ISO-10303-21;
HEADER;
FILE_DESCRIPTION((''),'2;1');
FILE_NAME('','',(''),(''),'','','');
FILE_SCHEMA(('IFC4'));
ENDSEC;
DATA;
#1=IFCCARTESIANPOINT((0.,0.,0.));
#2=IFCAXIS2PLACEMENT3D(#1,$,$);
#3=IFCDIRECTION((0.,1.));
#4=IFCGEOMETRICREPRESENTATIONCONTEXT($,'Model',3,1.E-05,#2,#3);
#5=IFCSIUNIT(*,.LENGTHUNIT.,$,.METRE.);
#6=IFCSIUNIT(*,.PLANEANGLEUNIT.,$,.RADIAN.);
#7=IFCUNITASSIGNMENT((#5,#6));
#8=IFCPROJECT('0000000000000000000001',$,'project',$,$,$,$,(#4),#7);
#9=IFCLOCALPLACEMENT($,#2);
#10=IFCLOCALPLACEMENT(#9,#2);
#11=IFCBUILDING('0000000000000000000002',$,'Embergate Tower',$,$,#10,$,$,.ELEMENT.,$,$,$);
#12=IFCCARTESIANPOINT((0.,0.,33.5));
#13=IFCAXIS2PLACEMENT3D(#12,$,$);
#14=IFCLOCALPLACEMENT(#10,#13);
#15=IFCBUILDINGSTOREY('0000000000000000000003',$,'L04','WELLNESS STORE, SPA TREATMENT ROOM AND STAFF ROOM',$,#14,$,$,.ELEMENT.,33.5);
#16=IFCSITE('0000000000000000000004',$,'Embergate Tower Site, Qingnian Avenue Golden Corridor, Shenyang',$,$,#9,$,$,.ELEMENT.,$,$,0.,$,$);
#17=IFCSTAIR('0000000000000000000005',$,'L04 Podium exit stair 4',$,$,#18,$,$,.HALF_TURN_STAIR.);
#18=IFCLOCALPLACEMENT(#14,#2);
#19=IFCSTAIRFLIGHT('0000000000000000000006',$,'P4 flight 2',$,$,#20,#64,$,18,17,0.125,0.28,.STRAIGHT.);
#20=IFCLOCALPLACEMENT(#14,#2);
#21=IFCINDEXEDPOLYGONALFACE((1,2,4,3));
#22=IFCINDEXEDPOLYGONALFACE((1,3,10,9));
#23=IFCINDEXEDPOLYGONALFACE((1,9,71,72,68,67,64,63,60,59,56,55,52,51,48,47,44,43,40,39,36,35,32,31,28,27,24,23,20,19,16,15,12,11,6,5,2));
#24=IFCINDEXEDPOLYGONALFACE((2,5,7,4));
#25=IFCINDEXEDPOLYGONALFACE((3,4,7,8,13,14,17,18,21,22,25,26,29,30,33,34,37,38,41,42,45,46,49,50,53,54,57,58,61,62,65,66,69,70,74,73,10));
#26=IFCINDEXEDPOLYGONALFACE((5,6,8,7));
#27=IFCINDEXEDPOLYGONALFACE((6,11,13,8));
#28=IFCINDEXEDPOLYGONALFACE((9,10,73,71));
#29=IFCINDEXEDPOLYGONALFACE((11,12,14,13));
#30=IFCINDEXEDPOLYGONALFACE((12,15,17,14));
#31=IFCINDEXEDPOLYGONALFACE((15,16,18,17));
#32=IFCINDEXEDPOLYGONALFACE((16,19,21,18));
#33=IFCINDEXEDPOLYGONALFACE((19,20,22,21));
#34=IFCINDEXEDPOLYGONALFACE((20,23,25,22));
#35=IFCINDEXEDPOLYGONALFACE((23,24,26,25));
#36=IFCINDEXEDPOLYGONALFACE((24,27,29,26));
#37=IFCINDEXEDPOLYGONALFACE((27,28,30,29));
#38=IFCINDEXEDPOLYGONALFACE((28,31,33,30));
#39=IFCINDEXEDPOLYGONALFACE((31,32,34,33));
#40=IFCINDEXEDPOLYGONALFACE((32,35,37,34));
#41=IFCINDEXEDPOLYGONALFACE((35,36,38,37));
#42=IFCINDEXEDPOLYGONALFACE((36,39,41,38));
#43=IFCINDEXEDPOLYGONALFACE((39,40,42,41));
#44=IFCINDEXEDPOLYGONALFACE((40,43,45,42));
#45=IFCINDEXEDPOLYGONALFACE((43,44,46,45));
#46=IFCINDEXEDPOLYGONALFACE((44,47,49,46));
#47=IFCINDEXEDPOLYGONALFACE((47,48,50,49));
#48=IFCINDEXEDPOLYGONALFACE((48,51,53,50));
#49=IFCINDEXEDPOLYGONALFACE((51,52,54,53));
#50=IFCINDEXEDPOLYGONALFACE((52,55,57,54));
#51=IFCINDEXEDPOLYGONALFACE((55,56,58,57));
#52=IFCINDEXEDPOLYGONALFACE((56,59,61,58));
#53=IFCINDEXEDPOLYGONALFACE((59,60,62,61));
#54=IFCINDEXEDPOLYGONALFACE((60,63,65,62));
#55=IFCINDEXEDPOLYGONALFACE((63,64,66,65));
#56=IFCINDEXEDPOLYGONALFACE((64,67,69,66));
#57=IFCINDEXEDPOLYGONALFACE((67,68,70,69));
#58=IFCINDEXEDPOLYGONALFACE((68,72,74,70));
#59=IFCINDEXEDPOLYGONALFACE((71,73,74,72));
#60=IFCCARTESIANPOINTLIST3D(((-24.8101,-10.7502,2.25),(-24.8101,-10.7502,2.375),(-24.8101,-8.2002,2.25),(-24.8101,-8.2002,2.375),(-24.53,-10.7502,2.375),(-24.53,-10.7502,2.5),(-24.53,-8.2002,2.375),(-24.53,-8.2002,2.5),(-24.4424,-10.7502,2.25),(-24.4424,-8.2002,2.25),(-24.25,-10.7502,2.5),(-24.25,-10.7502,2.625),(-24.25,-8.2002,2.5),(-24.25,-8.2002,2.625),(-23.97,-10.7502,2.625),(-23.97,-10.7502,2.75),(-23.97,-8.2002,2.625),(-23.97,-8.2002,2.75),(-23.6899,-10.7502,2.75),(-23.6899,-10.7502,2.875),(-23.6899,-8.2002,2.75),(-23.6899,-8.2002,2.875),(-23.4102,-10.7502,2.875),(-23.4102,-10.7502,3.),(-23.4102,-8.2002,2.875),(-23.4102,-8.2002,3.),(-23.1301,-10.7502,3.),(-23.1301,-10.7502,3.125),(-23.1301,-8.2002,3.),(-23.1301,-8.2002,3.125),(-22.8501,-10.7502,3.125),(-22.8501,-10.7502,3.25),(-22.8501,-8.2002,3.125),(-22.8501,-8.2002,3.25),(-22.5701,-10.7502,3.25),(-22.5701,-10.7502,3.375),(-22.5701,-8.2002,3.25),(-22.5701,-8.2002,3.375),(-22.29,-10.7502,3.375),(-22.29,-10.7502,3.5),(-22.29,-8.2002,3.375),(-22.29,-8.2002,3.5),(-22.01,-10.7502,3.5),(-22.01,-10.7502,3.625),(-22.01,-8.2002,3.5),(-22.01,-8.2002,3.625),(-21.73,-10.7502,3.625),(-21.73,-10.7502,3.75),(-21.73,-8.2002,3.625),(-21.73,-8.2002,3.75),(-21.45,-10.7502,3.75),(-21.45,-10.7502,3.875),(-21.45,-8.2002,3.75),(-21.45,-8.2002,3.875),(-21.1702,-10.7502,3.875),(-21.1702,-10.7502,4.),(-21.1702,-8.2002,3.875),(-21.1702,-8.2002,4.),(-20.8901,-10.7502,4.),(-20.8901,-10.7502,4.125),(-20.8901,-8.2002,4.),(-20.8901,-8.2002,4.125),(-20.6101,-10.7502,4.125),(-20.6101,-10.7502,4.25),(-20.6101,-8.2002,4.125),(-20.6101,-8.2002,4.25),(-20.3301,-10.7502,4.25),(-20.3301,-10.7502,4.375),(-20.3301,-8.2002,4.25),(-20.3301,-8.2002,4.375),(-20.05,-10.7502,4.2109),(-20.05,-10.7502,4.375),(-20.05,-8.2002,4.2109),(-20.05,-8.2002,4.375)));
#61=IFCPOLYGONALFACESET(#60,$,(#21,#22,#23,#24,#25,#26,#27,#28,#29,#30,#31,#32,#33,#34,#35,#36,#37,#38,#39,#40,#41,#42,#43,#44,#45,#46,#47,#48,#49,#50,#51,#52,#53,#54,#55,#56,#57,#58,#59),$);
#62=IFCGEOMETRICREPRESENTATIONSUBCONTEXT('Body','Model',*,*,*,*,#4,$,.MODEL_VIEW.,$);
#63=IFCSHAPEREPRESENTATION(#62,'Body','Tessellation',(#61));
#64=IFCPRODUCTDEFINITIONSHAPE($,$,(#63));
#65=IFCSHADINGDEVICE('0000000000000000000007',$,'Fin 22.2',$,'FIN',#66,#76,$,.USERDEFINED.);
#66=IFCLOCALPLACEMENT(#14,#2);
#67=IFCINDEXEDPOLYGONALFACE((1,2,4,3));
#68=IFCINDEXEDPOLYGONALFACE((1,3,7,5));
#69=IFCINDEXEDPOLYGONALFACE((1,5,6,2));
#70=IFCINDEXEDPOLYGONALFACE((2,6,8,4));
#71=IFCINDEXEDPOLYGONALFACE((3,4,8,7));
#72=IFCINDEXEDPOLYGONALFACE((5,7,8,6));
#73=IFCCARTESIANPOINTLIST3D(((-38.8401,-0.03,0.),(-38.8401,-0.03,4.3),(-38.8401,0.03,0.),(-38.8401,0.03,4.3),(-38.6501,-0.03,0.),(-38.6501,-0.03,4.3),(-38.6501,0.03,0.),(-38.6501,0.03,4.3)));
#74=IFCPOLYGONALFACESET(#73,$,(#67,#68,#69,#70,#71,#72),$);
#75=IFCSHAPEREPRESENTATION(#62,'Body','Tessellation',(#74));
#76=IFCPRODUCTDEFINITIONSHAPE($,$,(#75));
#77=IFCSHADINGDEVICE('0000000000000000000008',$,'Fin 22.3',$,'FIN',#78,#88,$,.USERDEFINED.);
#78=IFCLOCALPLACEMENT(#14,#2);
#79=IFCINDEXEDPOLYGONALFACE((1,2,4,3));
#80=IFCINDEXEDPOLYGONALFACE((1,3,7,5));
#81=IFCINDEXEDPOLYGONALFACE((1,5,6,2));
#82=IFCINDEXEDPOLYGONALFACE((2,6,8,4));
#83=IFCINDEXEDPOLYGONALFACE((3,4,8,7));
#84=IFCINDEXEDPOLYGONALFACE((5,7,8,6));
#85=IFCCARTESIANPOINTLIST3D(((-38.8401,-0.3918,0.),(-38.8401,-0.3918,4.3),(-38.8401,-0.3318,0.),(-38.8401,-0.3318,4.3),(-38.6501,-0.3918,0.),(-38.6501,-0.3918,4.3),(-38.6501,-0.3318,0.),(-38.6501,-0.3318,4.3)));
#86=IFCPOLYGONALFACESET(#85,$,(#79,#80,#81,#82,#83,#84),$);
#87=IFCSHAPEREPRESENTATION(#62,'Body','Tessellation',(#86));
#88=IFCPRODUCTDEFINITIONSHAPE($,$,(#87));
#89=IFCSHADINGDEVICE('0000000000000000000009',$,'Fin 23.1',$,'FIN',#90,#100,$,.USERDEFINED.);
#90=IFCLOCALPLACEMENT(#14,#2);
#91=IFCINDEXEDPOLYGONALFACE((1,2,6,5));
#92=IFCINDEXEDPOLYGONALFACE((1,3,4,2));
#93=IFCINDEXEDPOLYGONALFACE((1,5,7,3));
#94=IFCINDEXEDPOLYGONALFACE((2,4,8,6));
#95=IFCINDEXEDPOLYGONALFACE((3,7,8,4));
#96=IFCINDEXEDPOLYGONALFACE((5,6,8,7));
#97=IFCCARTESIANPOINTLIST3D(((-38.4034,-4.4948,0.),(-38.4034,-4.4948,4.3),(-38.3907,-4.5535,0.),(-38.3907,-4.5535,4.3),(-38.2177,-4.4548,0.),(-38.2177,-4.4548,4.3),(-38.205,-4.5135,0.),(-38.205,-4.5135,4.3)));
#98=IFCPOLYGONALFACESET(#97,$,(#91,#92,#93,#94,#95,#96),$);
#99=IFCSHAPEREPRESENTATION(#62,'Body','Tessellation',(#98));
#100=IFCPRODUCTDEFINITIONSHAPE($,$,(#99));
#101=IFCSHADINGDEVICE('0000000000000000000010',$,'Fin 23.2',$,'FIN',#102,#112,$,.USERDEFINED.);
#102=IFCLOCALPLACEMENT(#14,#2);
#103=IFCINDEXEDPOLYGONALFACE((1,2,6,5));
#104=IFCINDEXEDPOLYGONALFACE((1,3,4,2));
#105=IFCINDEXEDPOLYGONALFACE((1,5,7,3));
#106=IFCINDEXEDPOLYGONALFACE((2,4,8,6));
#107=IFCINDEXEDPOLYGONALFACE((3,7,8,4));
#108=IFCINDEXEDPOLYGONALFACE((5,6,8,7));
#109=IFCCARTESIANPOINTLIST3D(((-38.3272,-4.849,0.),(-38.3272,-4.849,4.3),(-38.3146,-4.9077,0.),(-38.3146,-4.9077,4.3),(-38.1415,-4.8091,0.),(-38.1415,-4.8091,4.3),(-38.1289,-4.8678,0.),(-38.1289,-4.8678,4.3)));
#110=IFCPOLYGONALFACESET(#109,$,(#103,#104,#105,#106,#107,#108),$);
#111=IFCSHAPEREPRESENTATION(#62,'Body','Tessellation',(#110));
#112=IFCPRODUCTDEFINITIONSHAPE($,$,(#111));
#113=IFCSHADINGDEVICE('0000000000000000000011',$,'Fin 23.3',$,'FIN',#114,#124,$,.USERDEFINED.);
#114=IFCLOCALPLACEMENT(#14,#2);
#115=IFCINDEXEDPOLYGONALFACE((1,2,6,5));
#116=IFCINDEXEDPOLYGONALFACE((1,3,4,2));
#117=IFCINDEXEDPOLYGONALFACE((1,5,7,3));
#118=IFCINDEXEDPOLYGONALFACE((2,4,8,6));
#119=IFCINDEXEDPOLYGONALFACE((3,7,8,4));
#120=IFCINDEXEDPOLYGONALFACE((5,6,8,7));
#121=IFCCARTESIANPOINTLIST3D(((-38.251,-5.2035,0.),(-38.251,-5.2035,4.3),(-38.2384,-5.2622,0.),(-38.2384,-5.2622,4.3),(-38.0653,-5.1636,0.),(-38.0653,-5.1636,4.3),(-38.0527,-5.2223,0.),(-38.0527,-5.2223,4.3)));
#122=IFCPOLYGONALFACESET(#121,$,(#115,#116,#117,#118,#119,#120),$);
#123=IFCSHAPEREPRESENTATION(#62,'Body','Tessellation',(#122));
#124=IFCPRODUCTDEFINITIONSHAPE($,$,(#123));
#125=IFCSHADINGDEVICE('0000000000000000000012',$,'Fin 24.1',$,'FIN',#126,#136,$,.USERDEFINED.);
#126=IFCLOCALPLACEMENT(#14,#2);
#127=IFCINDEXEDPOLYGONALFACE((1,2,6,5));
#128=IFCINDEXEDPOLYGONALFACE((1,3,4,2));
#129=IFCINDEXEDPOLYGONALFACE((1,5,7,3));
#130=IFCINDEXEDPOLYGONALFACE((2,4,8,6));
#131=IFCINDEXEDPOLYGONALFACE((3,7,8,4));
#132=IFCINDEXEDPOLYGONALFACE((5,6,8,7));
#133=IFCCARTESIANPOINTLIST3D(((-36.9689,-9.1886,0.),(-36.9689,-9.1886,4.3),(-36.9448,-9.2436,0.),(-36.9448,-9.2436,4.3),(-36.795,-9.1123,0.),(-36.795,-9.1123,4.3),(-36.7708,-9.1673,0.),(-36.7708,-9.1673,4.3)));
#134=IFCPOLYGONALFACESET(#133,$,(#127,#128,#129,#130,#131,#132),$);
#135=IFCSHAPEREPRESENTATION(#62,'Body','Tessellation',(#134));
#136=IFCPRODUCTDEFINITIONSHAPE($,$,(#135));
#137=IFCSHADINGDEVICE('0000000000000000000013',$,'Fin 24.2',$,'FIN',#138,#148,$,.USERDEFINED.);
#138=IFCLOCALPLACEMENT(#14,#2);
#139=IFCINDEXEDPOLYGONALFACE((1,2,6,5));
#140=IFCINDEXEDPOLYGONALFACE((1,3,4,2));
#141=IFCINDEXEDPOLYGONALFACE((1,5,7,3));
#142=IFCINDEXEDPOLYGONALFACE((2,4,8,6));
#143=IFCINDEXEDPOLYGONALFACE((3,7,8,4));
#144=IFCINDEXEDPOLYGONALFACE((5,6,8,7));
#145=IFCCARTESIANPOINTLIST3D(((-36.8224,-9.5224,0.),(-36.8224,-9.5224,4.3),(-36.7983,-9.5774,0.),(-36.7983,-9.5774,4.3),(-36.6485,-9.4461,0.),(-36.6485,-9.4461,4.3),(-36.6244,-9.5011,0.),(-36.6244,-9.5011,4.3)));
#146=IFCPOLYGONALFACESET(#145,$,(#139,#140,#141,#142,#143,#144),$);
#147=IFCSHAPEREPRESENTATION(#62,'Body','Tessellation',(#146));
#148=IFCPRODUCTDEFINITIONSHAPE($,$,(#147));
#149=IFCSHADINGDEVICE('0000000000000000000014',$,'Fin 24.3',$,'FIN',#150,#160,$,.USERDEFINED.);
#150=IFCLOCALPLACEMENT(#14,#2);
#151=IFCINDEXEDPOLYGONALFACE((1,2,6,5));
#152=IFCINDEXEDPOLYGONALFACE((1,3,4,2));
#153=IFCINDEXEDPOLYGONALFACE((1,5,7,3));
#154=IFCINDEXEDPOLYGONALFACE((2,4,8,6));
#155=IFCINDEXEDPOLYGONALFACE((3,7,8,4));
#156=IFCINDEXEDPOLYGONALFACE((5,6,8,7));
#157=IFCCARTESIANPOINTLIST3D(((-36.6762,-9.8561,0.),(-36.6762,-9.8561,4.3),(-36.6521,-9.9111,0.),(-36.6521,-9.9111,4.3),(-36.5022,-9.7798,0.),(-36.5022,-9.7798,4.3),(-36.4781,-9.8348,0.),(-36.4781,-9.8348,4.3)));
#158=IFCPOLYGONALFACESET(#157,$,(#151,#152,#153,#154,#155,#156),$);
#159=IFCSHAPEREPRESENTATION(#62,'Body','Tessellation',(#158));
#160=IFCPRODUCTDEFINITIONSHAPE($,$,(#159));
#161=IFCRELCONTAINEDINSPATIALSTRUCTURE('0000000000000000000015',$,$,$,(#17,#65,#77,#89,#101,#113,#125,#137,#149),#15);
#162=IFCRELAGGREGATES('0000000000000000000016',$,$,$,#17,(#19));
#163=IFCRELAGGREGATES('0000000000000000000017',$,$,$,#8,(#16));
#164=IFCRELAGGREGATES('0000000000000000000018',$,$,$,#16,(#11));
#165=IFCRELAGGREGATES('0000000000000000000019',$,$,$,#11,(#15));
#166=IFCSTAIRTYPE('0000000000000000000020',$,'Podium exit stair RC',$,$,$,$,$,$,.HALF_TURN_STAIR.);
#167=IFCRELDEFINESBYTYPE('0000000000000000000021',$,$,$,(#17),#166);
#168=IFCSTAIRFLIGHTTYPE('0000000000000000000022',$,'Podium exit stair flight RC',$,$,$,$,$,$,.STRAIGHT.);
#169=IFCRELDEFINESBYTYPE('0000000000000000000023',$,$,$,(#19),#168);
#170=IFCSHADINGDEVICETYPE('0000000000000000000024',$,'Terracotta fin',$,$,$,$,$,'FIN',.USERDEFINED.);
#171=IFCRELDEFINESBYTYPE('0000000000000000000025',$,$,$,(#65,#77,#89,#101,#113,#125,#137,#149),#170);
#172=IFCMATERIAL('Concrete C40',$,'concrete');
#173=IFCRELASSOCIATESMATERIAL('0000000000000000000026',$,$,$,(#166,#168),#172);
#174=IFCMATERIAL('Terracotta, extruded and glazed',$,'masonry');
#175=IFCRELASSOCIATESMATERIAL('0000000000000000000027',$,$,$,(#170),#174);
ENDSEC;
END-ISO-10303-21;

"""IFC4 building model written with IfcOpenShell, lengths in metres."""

from ifc_helpers import new_model, si_unit, direction, frame, origin, origin_2d, place, context, subcontext, project, spatial, polyline, rectangle, outline, extrude, source, transform, mapped, material, material_profile, profile_set, type_object, element, aggregate, save


model = new_model("IFC4")

# Units and contexts
model_context = context("Model", 3, precision=1e-05, world=origin(), true_north=direction((0.0, 1.0)))
body_context = subcontext(model_context, "Body", "Model", "MODEL_VIEW")
ifc_project = project(units=[si_unit("LENGTHUNIT", "METRE"), si_unit("PLANEANGLEUNIT", "RADIAN")], contexts=[model_context])

# Site, building, storey
site_placement = place(None, origin())
site = spatial("IfcSite", under=ifc_project, at=site_placement, Name="Embergate Tower Site, Qingnian Avenue Golden Corridor, Shenyang", CompositionType="ELEMENT", RefElevation=0.0)
building_placement = place(site_placement, origin())
building = spatial("IfcBuilding", under=site, at=building_placement, Name="Embergate Tower", CompositionType="ELEMENT")
storey_placement = place(building_placement, frame((0.0, 0.0, 33.5)))
storey = spatial("IfcBuildingStorey", under=building, at=storey_placement, Name="L04", Description="WELLNESS STORE, SPA TREATMENT ROOM AND STAFF ROOM", CompositionType="ELEMENT", Elevation=33.5)

# Stair
ifc_material_1 = material(Name="Concrete C40", Category="concrete")
stair_type = type_object("IfcStairType", Name="Podium exit stair RC", PredefinedType="HALF_TURN_STAIR", material=ifc_material_1)
stair_placement = place(storey_placement, origin())
stair = element("IfcStair", 1, at=stair_placement, inside=storey, type_object=stair_type, Name="L04 Podium exit stair 4", PredefinedType="HALF_TURN_STAIR")

# Stair flight
stair_flight_type = type_object("IfcStairFlightType", Name="Podium exit stair flight RC", PredefinedType="STRAIGHT", material=ifc_material_1)
shared_shape_1 = source(origin(), body_context, "Body", "SweptSolid", [
    extrude(outline(polyline([(0.0, 0.0), (0.0, 0.125), (0.28, 0.125), (0.28, 0.25), (0.5601, 0.25), (0.5601, 0.375), (0.8401, 0.375), (0.8401, 0.5), (1.1201, 0.5), (1.1201, 0.625), (1.3999, 0.625), (1.3999, 0.75), (1.6799, 0.75), (1.6799, 0.875), (1.96, 0.875), (1.96, 1.0), (2.24, 1.0), (2.24, 1.125), (2.52, 1.125), (2.52, 1.25), (2.8, 1.25), (2.8, 1.375), (3.0801, 1.375), (3.0801, 1.5), (3.3601, 1.5), (3.3601, 1.625), (3.6399, 1.625), (3.6399, 1.75), (3.9199, 1.75), (3.9199, 1.875), (4.2, 1.875), (4.2, 2.0), (4.48, 2.0), (4.48, 2.125), (4.76, 2.125), (4.76, 2.25), (4.76, 1.9609), (0.3677, 0.0), (0.0, 0.0)])), frame((0.0, 1.2749, 0.0), z_axis=(0.0, -1.0, 0.0), x_axis=(1.0, 0.0, 0.0)), (0.0, 0.0, 1.0), 2.55),
])
stair_flight_1_placement = place(storey_placement, frame((-24.8101, -9.4751, 2.25), z_axis=(0.0, 0.0, 1.0), x_axis=(1.0, 0.0, 0.0)))
stair_flight_1 = element("IfcStairFlight", 2, at=stair_flight_1_placement, type_object=stair_flight_type, Name="P4 flight 2", NumberOfRisers=18, NumberOfTreads=17, PredefinedType="STRAIGHT", RiserHeight=0.125, TreadLength=0.28, context=body_context, shape_type="MappedRepresentation", body=[
    mapped(shared_shape_1, transform((0.0, 0.0, 0.0))),
])
aggregate(stair, [stair_flight_1])

# Shading devices
ifc_material_2 = material(Name="Terracotta, extruded and glazed", Category="masonry")
ifc_material_profile_1 = material_profile(ifc_material_2, rectangle(XDim=0.1899, YDim=0.0601, at=origin_2d()), Name="TC 190x60")
ifc_profile_set_1 = profile_set([ifc_material_profile_1], Name="Terracotta, extruded and glazed")
shading_device_type = type_object("IfcShadingDeviceType", Name="Terracotta fin", ElementType="FIN", PredefinedType="USERDEFINED", material=ifc_profile_set_1)
shared_shape_2 = source(origin(), body_context, "Body", "SweptSolid", [
    extrude(rectangle(XDim=0.1899, YDim=0.0601, at=origin_2d()), origin(), (0.0, 0.0, 1.0), 4.3),
])
for number, where, z_axis, x_axis, name in (
    (3, (-38.7451, 0.0, 0.0), (0.0, 0.0, 1.0), (1.0, 0.0, 0.0), "Fin 22.2"),
    (4, (-38.7451, -0.3618, 0.0), (0.0, 0.0, 1.0), (1.0, 0.0, 0.0), "Fin 22.3"),
    (5, (-38.3042, -4.5042, 0.0), (0.0, 0.0, 1.0), (0.977615, 0.2104, 0.0), "Fin 23.1"),
    (6, (-38.228, -4.8584, 0.0), (0.0, 0.0, 1.0), (0.977615, 0.2104, 0.0), "Fin 23.2"),
    (7, (-38.1519, -5.2129, 0.0), (0.0, 0.0, 1.0), (0.977615, 0.2104, 0.0), "Fin 23.3"),
    (8, (-36.8699, -9.178, 0.0), (0.0, 0.0, 1.0), (0.915791, 0.401655, 0.0), "Fin 24.1"),
    (9, (-36.7234, -9.5117, 0.0), (0.0, 0.0, 1.0), (0.915791, 0.401655, 0.0), "Fin 24.2"),
    (10, (-36.5771, -9.8455, 0.0), (0.0, 0.0, 1.0), (0.915791, 0.401655, 0.0), "Fin 24.3"),
):
    element("IfcShadingDevice", number, at=place(storey_placement, frame(where, z_axis=z_axis, x_axis=x_axis)), inside=storey, type_object=shading_device_type, Name=name, ObjectType="FIN", PredefinedType="USERDEFINED", context=body_context, shape_type="MappedRepresentation", body=[
        mapped(shared_shape_2, transform((0.0, 0.0, 0.0))),
    ])

save(model, "model.ifc")
